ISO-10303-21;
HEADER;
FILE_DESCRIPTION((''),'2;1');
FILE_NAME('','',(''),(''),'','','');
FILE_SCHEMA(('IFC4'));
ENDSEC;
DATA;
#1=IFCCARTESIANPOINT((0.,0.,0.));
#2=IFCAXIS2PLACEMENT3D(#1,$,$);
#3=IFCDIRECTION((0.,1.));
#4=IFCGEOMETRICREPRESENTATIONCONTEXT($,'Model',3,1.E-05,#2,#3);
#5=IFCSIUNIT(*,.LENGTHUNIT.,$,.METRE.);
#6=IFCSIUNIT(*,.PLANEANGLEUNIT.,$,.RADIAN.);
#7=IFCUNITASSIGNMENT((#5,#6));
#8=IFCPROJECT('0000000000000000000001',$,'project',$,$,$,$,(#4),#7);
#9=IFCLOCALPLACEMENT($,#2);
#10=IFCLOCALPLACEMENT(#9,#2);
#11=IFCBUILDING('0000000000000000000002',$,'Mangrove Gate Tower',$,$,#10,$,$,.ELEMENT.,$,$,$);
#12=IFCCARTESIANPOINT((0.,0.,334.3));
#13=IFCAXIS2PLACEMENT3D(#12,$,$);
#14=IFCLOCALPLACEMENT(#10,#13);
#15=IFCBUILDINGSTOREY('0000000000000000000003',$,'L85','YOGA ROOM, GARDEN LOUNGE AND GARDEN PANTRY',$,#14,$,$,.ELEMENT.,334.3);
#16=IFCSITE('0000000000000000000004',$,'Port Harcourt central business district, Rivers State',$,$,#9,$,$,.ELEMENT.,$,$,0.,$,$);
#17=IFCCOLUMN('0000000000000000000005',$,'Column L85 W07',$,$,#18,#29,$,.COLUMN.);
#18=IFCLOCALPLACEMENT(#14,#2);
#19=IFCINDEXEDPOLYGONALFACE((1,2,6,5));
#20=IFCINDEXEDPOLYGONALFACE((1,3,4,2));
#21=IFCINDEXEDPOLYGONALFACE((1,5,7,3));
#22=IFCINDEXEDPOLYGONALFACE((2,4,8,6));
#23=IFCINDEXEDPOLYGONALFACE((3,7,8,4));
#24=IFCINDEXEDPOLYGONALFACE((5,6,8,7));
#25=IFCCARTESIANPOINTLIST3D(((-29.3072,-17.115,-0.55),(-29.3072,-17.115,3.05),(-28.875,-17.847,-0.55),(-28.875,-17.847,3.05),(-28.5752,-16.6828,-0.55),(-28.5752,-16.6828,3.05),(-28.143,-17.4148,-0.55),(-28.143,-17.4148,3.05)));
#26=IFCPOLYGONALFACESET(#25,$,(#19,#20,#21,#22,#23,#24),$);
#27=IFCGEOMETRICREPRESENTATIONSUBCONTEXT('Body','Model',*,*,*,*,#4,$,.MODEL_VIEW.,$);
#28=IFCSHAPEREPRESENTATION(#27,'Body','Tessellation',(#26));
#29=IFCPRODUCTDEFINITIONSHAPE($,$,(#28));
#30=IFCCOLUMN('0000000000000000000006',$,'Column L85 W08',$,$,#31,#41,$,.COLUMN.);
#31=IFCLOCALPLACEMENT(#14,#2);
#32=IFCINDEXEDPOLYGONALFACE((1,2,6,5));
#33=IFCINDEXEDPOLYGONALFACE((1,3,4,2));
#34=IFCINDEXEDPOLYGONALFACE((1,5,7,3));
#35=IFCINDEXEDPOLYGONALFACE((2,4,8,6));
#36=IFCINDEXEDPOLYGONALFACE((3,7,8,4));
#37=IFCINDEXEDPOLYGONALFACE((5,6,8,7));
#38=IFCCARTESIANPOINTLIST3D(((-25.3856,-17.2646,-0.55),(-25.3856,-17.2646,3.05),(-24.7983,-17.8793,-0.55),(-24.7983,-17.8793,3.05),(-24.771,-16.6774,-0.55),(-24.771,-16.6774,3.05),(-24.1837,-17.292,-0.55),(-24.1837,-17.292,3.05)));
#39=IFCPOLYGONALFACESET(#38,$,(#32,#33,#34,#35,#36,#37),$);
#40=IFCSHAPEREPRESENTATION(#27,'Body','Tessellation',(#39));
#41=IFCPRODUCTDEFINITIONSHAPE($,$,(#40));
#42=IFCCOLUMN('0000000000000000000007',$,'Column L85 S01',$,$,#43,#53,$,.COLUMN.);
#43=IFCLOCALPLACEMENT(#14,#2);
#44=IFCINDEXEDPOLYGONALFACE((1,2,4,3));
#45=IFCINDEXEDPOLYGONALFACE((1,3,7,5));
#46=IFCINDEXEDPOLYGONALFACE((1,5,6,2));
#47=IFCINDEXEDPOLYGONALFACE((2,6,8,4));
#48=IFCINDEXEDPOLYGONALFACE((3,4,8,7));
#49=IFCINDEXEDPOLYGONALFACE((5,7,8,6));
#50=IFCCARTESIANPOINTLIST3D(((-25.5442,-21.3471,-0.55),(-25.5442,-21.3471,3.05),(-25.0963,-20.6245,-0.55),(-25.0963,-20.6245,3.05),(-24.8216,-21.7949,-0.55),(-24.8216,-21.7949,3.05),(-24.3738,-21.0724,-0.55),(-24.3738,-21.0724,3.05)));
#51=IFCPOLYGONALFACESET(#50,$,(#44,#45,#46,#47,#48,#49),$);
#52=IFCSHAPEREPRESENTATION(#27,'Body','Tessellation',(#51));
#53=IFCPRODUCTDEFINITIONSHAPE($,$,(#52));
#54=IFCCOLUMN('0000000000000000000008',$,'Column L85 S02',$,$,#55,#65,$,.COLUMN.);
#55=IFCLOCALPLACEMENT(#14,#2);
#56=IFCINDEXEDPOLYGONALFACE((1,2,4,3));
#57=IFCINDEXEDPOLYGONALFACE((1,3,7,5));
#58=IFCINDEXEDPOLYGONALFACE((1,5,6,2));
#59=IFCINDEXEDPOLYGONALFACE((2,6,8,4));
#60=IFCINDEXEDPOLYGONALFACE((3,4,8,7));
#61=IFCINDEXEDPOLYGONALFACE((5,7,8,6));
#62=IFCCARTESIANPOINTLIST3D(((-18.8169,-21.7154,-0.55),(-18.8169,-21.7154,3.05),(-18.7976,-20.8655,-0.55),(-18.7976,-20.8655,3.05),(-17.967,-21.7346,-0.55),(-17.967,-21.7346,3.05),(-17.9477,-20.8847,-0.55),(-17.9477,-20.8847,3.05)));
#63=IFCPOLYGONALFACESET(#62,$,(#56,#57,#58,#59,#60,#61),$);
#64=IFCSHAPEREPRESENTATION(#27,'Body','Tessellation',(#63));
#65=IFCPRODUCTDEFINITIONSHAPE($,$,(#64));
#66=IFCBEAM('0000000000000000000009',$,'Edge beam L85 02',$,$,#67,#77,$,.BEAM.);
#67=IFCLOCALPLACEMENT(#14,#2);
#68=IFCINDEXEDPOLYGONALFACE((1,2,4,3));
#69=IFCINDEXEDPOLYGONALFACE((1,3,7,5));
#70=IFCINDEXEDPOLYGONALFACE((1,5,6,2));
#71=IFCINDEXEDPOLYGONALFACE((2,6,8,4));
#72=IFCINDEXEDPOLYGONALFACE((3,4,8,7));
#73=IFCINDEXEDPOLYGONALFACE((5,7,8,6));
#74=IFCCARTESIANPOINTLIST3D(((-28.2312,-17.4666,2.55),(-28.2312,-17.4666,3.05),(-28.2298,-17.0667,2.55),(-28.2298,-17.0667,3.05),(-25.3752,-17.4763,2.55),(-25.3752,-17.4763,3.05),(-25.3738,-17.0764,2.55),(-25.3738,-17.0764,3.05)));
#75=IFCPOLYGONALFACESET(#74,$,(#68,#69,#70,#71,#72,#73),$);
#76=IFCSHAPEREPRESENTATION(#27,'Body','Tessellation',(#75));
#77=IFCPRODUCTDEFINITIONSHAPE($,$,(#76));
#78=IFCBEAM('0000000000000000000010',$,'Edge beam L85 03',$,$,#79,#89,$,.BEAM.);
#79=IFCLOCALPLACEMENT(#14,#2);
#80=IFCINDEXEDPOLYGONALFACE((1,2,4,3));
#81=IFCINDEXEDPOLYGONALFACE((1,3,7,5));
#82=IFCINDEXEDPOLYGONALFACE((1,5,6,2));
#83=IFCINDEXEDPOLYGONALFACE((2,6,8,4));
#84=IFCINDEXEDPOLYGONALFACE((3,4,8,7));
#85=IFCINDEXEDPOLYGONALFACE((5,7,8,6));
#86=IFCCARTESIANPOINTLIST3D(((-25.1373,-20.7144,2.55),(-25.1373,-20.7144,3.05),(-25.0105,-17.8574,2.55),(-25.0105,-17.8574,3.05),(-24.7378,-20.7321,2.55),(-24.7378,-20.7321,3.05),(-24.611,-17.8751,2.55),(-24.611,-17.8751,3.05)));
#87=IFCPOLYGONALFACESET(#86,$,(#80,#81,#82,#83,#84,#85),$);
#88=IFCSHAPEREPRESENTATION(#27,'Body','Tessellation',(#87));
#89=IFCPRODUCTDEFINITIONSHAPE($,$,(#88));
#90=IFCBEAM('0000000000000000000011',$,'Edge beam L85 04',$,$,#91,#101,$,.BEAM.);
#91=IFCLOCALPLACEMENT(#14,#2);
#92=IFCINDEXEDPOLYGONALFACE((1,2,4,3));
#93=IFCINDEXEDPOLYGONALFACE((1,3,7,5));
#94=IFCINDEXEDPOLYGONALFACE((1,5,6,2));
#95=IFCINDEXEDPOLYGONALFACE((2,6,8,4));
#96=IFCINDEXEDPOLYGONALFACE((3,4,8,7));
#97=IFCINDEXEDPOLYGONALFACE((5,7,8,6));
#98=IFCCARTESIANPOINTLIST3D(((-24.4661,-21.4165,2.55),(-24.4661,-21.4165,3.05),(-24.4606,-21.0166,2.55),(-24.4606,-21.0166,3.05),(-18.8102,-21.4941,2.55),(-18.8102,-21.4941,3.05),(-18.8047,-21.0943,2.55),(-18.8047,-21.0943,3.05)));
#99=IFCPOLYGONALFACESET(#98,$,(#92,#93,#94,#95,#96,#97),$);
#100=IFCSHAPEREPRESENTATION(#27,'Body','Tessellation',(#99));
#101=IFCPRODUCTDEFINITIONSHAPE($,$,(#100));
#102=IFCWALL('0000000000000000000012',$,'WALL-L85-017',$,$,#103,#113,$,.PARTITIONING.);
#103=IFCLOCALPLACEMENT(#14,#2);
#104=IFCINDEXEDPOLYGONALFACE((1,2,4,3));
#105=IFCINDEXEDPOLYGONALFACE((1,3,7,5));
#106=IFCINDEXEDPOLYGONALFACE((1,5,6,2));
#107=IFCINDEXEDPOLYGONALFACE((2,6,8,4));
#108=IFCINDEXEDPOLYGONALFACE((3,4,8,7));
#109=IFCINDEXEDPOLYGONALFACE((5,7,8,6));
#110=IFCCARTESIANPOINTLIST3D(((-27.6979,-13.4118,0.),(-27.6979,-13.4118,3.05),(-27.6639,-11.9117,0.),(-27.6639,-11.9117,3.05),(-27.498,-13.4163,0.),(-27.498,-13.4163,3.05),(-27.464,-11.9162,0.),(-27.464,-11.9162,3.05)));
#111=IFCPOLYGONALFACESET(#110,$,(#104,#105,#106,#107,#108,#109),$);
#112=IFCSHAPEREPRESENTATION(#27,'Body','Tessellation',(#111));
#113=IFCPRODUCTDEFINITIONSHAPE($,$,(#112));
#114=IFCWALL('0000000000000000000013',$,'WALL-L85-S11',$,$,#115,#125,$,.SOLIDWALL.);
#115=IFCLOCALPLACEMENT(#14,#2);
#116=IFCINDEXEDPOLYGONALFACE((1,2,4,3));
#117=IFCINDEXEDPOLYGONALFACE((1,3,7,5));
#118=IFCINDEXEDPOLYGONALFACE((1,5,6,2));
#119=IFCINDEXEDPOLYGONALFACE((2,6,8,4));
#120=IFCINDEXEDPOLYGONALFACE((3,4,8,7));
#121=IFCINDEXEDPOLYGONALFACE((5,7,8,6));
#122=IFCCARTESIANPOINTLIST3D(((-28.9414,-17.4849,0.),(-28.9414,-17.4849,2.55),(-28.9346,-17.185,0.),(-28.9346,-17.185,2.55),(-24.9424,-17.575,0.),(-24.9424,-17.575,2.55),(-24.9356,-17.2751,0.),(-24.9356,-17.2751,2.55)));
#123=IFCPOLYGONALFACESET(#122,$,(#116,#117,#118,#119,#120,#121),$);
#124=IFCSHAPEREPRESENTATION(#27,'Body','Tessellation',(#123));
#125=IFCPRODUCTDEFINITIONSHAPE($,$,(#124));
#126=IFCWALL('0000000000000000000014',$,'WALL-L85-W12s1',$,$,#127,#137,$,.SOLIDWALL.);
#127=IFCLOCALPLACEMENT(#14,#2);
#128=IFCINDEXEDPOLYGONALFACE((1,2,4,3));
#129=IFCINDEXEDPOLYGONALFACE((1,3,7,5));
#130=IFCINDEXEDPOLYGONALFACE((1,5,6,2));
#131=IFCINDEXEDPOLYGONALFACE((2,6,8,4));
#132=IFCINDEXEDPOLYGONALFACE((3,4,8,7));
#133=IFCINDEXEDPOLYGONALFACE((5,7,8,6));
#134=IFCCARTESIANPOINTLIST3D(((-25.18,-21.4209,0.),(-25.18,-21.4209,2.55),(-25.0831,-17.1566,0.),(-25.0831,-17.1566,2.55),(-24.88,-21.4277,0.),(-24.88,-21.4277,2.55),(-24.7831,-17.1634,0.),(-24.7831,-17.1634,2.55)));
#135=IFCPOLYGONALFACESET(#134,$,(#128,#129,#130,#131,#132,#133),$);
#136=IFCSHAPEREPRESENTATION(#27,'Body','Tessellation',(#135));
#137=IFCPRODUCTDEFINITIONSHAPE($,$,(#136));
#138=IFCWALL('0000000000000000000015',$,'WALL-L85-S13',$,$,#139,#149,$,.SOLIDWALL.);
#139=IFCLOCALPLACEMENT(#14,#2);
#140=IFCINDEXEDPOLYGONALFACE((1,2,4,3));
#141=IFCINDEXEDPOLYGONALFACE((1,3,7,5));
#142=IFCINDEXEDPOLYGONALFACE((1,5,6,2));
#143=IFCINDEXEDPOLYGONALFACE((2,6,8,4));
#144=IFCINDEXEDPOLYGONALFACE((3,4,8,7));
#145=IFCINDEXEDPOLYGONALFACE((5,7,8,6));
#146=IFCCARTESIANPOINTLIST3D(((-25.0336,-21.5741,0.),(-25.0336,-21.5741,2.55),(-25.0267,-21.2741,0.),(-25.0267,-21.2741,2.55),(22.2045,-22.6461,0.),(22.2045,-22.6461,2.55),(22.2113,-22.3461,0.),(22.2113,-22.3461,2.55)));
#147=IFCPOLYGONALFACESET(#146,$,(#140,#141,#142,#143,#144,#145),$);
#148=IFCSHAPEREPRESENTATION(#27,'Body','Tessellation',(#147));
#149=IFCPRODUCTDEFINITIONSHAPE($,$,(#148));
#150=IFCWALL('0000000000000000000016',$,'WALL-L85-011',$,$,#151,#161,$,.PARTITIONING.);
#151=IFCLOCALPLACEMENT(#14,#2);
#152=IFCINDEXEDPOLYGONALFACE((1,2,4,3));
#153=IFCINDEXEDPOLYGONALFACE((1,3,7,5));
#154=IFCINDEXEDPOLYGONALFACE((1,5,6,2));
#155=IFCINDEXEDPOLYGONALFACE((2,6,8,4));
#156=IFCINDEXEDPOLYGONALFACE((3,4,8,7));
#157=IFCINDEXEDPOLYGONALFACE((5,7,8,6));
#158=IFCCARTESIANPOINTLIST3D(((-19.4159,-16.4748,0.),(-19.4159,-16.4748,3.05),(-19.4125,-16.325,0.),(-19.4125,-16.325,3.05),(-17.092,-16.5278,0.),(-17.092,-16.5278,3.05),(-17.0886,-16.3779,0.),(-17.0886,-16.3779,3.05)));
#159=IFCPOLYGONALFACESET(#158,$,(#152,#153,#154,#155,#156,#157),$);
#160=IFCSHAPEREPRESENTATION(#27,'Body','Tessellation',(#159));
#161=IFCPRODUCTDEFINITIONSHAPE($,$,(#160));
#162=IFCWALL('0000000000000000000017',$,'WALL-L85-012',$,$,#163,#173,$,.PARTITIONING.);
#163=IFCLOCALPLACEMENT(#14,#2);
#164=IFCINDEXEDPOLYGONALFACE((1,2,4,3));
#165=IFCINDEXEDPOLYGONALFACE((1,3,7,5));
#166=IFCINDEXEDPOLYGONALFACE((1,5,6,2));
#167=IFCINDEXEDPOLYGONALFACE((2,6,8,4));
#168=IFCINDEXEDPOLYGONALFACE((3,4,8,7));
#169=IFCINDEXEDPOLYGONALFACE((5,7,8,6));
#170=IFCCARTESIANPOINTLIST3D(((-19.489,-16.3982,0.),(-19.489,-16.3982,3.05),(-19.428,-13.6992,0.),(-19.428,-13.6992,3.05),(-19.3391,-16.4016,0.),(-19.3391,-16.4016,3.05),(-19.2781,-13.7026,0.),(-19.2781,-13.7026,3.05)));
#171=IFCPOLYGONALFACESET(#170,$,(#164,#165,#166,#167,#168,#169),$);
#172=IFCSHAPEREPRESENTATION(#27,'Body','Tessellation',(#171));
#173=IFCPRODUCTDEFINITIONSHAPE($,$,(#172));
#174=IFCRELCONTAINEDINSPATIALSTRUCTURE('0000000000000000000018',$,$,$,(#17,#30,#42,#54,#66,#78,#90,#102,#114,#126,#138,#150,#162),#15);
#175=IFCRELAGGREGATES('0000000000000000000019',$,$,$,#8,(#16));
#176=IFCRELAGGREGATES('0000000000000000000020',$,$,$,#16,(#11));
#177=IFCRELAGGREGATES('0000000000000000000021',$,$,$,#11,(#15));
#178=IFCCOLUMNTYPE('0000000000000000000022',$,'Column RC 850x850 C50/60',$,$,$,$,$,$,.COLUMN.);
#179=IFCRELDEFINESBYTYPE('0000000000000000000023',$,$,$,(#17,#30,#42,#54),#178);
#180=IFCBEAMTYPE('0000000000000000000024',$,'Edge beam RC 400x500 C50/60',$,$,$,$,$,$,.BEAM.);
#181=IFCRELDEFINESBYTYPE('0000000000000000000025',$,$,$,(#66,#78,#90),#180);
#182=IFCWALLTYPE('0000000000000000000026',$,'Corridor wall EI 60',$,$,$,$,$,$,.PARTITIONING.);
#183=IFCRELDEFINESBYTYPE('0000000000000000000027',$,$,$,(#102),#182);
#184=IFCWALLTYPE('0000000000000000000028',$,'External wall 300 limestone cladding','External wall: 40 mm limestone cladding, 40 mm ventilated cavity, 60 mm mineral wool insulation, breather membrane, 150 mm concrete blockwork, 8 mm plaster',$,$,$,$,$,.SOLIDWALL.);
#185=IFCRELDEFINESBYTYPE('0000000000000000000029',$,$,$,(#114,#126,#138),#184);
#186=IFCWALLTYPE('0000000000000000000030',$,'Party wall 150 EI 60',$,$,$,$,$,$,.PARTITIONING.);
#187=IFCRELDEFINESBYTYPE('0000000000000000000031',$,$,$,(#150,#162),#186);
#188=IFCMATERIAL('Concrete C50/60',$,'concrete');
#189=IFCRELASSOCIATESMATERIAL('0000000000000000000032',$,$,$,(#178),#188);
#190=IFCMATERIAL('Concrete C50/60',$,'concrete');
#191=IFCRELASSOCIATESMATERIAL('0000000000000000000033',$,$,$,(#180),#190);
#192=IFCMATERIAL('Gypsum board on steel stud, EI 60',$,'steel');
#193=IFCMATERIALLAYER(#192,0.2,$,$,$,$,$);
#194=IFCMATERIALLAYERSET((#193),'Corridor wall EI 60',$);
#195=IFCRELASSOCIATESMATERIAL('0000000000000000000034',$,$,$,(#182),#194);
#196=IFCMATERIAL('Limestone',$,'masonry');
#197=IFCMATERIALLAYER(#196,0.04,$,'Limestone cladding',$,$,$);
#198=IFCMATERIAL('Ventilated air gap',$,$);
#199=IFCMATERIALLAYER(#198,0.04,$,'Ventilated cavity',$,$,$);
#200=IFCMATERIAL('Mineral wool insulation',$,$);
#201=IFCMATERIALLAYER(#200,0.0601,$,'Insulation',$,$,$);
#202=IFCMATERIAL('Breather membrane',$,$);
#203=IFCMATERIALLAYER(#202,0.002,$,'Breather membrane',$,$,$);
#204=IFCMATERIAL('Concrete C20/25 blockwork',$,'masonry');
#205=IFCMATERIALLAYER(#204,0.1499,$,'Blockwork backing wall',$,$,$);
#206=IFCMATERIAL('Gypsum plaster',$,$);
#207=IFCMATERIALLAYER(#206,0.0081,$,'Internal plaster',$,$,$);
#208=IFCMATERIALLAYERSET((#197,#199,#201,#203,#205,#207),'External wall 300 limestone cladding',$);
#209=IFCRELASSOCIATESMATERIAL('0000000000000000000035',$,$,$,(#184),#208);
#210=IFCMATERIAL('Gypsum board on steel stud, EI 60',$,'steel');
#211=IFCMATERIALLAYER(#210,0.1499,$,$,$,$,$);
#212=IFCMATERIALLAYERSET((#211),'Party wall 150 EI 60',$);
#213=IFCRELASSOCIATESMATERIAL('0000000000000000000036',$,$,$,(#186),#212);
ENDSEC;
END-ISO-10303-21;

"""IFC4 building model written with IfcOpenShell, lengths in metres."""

from ifc_helpers import new_model, si_unit, direction, frame, frame_2d, origin, origin_2d, place, context, subcontext, project, spatial, rectangle, extrude, material, layer, layer_set, material_profile, profile_set, type_object, element, save


model = new_model("IFC4")

# Units and contexts
model_context = context("Model", 3, precision=1e-05, world=origin(), true_north=direction((0.0, 1.0)))
body_context = subcontext(model_context, "Body", "Model", "MODEL_VIEW")
ifc_project = project(units=[si_unit("LENGTHUNIT", "METRE"), si_unit("PLANEANGLEUNIT", "RADIAN")], contexts=[model_context])

# Site, building, storey
site_placement = place(None, origin())
site = spatial("IfcSite", under=ifc_project, at=site_placement, Name="Port Harcourt central business district, Rivers State", CompositionType="ELEMENT", RefElevation=0.0)
building_placement = place(site_placement, origin())
building = spatial("IfcBuilding", under=site, at=building_placement, Name="Mangrove Gate Tower", CompositionType="ELEMENT")
storey_placement = place(building_placement, frame((0.0, 0.0, 334.3)))
storey = spatial("IfcBuildingStorey", under=building, at=storey_placement, Name="L85", Description="YOGA ROOM, GARDEN LOUNGE AND GARDEN PANTRY", CompositionType="ELEMENT", Elevation=334.3)

# Columns
ifc_material_1 = material(Name="Concrete C50/60", Category="concrete")
ifc_material_profile_1 = material_profile(ifc_material_1, rectangle(XDim=0.8501, YDim=0.8501, at=origin_2d()))
ifc_profile_set_1 = profile_set([ifc_material_profile_1], Name="Concrete C50/60")
column_type = type_object("IfcColumnType", Name="Column RC 850x850 C50/60", PredefinedType="COLUMN", material=ifc_profile_set_1)
for number, where, z_axis, x_axis, name in (
    (1, (-28.7251, -17.2649, -0.55), (0.0, 0.0, 1.0), (0.508409, -0.861116, 0.0), "Column L85 W07"),
    (2, (-24.7847, -17.2783, -0.55), (0.0, 0.0, 1.0), (0.690837, -0.72301, 0.0), "Column L85 W08"),
    (3, (-24.959, -21.2097, -0.55), (0.0, 0.0, 1.0), (0.84996, -0.526848, 0.0), "Column L85 S01"),
    (4, (-18.3823, -21.3, -0.55), (0.0, 0.0, 1.0), (0.999743, -0.022671, 0.0), "Column L85 S02"),
):
    element("IfcColumn", number, at=place(storey_placement, frame(where, z_axis=z_axis, x_axis=x_axis)), inside=storey, type_object=column_type, Name=name, PredefinedType="COLUMN", context=body_context, shape_type="SweptSolid", body=[
        extrude(rectangle(XDim=0.8501, YDim=0.8501, at=origin_2d()), origin(), (0.0, 0.0, 1.0), 3.6001),
    ])

# Beams
ifc_material_2 = material(Name="Concrete C50/60", Category="concrete")
ifc_material_profile_2 = material_profile(ifc_material_2, rectangle(XDim=0.3999, YDim=0.5, at=origin_2d()))
ifc_profile_set_2 = profile_set([ifc_material_profile_2], Name="Concrete C50/60")
beam_type = type_object("IfcBeamType", Name="Edge beam RC 400x500 C50/60", PredefinedType="BEAM", material=ifc_profile_set_2)
beam_1_placement = place(storey_placement, frame((-28.2305, -17.2666, 2.8), z_axis=(0.999994, -0.003419, 0.0), x_axis=(0.003419, 0.999994, 0.0)))
element("IfcBeam", 5, at=beam_1_placement, inside=storey, type_object=beam_type, Name="Edge beam L85 02", PredefinedType="BEAM", context=body_context, shape_type="SweptSolid", body=[
    extrude(rectangle(XDim=0.3999, YDim=0.5, at=origin_2d()), origin(), (0.0, 0.0, 1.0), 2.856),
])
beam_2_placement = place(storey_placement, frame((-24.8108, -17.8662, 2.8), z_axis=(-0.044308, -0.999018, 0.0), x_axis=(0.999018, -0.044308, 0.0)))
element("IfcBeam", 6, at=beam_2_placement, inside=storey, type_object=beam_type, Name="Edge beam L85 03", PredefinedType="BEAM", context=body_context, shape_type="SweptSolid", body=[
    extrude(rectangle(XDim=0.3999, YDim=0.5, at=origin_2d()), origin(), (0.0, 0.0, 1.0), 2.8599),
])
beam_3_placement = place(storey_placement, frame((-24.4634, -21.2166, 2.8), z_axis=(0.999906, -0.013725, 0.0), x_axis=(0.013725, 0.999906, 0.0)))
element("IfcBeam", 7, at=beam_3_placement, inside=storey, type_object=beam_type, Name="Edge beam L85 04", PredefinedType="BEAM", context=body_context, shape_type="SweptSolid", body=[
    extrude(rectangle(XDim=0.3999, YDim=0.5, at=origin_2d()), origin(), (0.0, 0.0, 1.0), 5.6565),
])

# Shared definitions
ifc_material_3 = material(Name="Gypsum board on steel stud, EI 60", Category="steel")
ifc_layer_1 = layer(ifc_material_3, 0.2)
ifc_layer_set_1 = layer_set([ifc_layer_1], Name="Corridor wall EI 60")
wall_type_1 = type_object("IfcWallType", Name="Corridor wall EI 60", PredefinedType="PARTITIONING", material=ifc_layer_set_1)

# Walls
wall_1_placement = place(storey_placement, frame((-27.5979, -13.4141, 0.0), z_axis=(0.0, 0.0, 1.0), x_axis=(0.022618, 0.999744, 0.0)))
element("IfcWall", 8, at=wall_1_placement, inside=storey, type_object=wall_type_1, Name="WALL-L85-017", PredefinedType="PARTITIONING", context=body_context, shape_type="SweptSolid", body=[
    extrude(rectangle(XDim=1.5005, YDim=0.2, at=frame_2d((0.7502, 0.0))), origin(), (0.0, 0.0, 1.0), 3.05),
])
ifc_material_4 = material(Name="Limestone", Category="masonry")
ifc_layer_2 = layer(ifc_material_4, 0.04, Name="Limestone cladding")
ifc_material_5 = material(Name="Ventilated air gap")
ifc_layer_3 = layer(ifc_material_5, 0.04, Name="Ventilated cavity")
ifc_material_6 = material(Name="Mineral wool insulation")
ifc_layer_4 = layer(ifc_material_6, 0.0601, Name="Insulation")
ifc_material_7 = material(Name="Breather membrane")
ifc_layer_5 = layer(ifc_material_7, 0.002, Name="Breather membrane")
ifc_material_8 = material(Name="Concrete C20/25 blockwork", Category="masonry")
ifc_layer_6 = layer(ifc_material_8, 0.1499, Name="Blockwork backing wall")
ifc_material_9 = material(Name="Gypsum plaster")
ifc_layer_7 = layer(ifc_material_9, 0.0081, Name="Internal plaster")
ifc_layer_set_2 = layer_set([ifc_layer_2, ifc_layer_3, ifc_layer_4, ifc_layer_5, ifc_layer_6, ifc_layer_7], Name="External wall 300 limestone cladding")
wall_type_2 = type_object("IfcWallType", Name="External wall 300 limestone cladding", Description="External wall: 40 mm limestone cladding, 40 mm ventilated cavity, 60 mm mineral wool insulation, breather membrane, 150 mm concrete blockwork, 8 mm plaster", PredefinedType="SOLIDWALL", material=ifc_layer_set_2)
wall_2_placement = place(storey_placement, frame((-28.938, -17.335, 0.0), z_axis=(0.0, 0.0, 1.0), x_axis=(0.999746, -0.022522, 0.0)))
element("IfcWall", 9, at=wall_2_placement, inside=storey, type_object=wall_type_2, Name="WALL-L85-S11", PredefinedType="SOLIDWALL", context=body_context, shape_type="SweptSolid", body=[
    extrude(rectangle(XDim=4.0, YDim=0.3, at=frame_2d((2.0, 0.0))), origin(), (0.0, 0.0, 1.0), 2.55),
])
wall_3_placement = place(storey_placement, frame((-24.9331, -17.1599, 0.0), z_axis=(0.0, 0.0, 1.0), x_axis=(-0.022724, -0.999742, 0.0)))
element("IfcWall", 10, at=wall_3_placement, inside=storey, type_object=wall_type_2, Name="WALL-L85-W12s1", PredefinedType="SOLIDWALL", context=body_context, shape_type="SweptSolid", body=[
    extrude(rectangle(XDim=4.2654, YDim=0.3, at=frame_2d((2.1328, 0.0))), origin(), (0.0, 0.0, 1.0), 2.55),
])
wall_4_placement = place(storey_placement, frame((-25.03, -21.4241, 0.0), z_axis=(0.0, 0.0, 1.0), x_axis=(0.999743, -0.022688, 0.0)))
element("IfcWall", 11, at=wall_4_placement, inside=storey, type_object=wall_type_2, Name="WALL-L85-S13", PredefinedType="SOLIDWALL", context=body_context, shape_type="SweptSolid", body=[
    extrude(rectangle(XDim=47.2502, YDim=0.3, at=frame_2d((23.625, 0.0))), origin(), (0.0, 0.0, 1.0), 2.55),
])
ifc_material_10 = material(Name="Gypsum board on steel stud, EI 60", Category="steel")
ifc_layer_8 = layer(ifc_material_10, 0.1499)
ifc_layer_set_3 = layer_set([ifc_layer_8], Name="Party wall 150 EI 60")
wall_type_3 = type_object("IfcWallType", Name="Party wall 150 EI 60", PredefinedType="PARTITIONING", material=ifc_layer_set_3)
wall_5_placement = place(storey_placement, frame((-19.4141, -16.3999, 0.0), z_axis=(0.0, 0.0, 1.0), x_axis=(0.99974, -0.022791, 0.0)))
element("IfcWall", 12, at=wall_5_placement, inside=storey, type_object=wall_type_3, Name="WALL-L85-011", PredefinedType="PARTITIONING", context=body_context, shape_type="SweptSolid", body=[
    extrude(rectangle(XDim=2.3245, YDim=0.1499, at=frame_2d((1.1621, 0.0))), origin(), (0.0, 0.0, 1.0), 3.05),
])
wall_6_placement = place(storey_placement, frame((-19.4141, -16.3999, 0.0), z_axis=(0.0, 0.0, 1.0), x_axis=(0.022608, 0.999744, 0.0)))
element("IfcWall", 13, at=wall_6_placement, inside=storey, type_object=wall_type_3, Name="WALL-L85-012", PredefinedType="PARTITIONING", context=body_context, shape_type="SweptSolid", body=[
    extrude(rectangle(XDim=2.6997, YDim=0.1499, at=frame_2d((1.3499, 0.0))), origin(), (0.0, 0.0, 1.0), 3.05),
])

save(model, "model.ifc")
